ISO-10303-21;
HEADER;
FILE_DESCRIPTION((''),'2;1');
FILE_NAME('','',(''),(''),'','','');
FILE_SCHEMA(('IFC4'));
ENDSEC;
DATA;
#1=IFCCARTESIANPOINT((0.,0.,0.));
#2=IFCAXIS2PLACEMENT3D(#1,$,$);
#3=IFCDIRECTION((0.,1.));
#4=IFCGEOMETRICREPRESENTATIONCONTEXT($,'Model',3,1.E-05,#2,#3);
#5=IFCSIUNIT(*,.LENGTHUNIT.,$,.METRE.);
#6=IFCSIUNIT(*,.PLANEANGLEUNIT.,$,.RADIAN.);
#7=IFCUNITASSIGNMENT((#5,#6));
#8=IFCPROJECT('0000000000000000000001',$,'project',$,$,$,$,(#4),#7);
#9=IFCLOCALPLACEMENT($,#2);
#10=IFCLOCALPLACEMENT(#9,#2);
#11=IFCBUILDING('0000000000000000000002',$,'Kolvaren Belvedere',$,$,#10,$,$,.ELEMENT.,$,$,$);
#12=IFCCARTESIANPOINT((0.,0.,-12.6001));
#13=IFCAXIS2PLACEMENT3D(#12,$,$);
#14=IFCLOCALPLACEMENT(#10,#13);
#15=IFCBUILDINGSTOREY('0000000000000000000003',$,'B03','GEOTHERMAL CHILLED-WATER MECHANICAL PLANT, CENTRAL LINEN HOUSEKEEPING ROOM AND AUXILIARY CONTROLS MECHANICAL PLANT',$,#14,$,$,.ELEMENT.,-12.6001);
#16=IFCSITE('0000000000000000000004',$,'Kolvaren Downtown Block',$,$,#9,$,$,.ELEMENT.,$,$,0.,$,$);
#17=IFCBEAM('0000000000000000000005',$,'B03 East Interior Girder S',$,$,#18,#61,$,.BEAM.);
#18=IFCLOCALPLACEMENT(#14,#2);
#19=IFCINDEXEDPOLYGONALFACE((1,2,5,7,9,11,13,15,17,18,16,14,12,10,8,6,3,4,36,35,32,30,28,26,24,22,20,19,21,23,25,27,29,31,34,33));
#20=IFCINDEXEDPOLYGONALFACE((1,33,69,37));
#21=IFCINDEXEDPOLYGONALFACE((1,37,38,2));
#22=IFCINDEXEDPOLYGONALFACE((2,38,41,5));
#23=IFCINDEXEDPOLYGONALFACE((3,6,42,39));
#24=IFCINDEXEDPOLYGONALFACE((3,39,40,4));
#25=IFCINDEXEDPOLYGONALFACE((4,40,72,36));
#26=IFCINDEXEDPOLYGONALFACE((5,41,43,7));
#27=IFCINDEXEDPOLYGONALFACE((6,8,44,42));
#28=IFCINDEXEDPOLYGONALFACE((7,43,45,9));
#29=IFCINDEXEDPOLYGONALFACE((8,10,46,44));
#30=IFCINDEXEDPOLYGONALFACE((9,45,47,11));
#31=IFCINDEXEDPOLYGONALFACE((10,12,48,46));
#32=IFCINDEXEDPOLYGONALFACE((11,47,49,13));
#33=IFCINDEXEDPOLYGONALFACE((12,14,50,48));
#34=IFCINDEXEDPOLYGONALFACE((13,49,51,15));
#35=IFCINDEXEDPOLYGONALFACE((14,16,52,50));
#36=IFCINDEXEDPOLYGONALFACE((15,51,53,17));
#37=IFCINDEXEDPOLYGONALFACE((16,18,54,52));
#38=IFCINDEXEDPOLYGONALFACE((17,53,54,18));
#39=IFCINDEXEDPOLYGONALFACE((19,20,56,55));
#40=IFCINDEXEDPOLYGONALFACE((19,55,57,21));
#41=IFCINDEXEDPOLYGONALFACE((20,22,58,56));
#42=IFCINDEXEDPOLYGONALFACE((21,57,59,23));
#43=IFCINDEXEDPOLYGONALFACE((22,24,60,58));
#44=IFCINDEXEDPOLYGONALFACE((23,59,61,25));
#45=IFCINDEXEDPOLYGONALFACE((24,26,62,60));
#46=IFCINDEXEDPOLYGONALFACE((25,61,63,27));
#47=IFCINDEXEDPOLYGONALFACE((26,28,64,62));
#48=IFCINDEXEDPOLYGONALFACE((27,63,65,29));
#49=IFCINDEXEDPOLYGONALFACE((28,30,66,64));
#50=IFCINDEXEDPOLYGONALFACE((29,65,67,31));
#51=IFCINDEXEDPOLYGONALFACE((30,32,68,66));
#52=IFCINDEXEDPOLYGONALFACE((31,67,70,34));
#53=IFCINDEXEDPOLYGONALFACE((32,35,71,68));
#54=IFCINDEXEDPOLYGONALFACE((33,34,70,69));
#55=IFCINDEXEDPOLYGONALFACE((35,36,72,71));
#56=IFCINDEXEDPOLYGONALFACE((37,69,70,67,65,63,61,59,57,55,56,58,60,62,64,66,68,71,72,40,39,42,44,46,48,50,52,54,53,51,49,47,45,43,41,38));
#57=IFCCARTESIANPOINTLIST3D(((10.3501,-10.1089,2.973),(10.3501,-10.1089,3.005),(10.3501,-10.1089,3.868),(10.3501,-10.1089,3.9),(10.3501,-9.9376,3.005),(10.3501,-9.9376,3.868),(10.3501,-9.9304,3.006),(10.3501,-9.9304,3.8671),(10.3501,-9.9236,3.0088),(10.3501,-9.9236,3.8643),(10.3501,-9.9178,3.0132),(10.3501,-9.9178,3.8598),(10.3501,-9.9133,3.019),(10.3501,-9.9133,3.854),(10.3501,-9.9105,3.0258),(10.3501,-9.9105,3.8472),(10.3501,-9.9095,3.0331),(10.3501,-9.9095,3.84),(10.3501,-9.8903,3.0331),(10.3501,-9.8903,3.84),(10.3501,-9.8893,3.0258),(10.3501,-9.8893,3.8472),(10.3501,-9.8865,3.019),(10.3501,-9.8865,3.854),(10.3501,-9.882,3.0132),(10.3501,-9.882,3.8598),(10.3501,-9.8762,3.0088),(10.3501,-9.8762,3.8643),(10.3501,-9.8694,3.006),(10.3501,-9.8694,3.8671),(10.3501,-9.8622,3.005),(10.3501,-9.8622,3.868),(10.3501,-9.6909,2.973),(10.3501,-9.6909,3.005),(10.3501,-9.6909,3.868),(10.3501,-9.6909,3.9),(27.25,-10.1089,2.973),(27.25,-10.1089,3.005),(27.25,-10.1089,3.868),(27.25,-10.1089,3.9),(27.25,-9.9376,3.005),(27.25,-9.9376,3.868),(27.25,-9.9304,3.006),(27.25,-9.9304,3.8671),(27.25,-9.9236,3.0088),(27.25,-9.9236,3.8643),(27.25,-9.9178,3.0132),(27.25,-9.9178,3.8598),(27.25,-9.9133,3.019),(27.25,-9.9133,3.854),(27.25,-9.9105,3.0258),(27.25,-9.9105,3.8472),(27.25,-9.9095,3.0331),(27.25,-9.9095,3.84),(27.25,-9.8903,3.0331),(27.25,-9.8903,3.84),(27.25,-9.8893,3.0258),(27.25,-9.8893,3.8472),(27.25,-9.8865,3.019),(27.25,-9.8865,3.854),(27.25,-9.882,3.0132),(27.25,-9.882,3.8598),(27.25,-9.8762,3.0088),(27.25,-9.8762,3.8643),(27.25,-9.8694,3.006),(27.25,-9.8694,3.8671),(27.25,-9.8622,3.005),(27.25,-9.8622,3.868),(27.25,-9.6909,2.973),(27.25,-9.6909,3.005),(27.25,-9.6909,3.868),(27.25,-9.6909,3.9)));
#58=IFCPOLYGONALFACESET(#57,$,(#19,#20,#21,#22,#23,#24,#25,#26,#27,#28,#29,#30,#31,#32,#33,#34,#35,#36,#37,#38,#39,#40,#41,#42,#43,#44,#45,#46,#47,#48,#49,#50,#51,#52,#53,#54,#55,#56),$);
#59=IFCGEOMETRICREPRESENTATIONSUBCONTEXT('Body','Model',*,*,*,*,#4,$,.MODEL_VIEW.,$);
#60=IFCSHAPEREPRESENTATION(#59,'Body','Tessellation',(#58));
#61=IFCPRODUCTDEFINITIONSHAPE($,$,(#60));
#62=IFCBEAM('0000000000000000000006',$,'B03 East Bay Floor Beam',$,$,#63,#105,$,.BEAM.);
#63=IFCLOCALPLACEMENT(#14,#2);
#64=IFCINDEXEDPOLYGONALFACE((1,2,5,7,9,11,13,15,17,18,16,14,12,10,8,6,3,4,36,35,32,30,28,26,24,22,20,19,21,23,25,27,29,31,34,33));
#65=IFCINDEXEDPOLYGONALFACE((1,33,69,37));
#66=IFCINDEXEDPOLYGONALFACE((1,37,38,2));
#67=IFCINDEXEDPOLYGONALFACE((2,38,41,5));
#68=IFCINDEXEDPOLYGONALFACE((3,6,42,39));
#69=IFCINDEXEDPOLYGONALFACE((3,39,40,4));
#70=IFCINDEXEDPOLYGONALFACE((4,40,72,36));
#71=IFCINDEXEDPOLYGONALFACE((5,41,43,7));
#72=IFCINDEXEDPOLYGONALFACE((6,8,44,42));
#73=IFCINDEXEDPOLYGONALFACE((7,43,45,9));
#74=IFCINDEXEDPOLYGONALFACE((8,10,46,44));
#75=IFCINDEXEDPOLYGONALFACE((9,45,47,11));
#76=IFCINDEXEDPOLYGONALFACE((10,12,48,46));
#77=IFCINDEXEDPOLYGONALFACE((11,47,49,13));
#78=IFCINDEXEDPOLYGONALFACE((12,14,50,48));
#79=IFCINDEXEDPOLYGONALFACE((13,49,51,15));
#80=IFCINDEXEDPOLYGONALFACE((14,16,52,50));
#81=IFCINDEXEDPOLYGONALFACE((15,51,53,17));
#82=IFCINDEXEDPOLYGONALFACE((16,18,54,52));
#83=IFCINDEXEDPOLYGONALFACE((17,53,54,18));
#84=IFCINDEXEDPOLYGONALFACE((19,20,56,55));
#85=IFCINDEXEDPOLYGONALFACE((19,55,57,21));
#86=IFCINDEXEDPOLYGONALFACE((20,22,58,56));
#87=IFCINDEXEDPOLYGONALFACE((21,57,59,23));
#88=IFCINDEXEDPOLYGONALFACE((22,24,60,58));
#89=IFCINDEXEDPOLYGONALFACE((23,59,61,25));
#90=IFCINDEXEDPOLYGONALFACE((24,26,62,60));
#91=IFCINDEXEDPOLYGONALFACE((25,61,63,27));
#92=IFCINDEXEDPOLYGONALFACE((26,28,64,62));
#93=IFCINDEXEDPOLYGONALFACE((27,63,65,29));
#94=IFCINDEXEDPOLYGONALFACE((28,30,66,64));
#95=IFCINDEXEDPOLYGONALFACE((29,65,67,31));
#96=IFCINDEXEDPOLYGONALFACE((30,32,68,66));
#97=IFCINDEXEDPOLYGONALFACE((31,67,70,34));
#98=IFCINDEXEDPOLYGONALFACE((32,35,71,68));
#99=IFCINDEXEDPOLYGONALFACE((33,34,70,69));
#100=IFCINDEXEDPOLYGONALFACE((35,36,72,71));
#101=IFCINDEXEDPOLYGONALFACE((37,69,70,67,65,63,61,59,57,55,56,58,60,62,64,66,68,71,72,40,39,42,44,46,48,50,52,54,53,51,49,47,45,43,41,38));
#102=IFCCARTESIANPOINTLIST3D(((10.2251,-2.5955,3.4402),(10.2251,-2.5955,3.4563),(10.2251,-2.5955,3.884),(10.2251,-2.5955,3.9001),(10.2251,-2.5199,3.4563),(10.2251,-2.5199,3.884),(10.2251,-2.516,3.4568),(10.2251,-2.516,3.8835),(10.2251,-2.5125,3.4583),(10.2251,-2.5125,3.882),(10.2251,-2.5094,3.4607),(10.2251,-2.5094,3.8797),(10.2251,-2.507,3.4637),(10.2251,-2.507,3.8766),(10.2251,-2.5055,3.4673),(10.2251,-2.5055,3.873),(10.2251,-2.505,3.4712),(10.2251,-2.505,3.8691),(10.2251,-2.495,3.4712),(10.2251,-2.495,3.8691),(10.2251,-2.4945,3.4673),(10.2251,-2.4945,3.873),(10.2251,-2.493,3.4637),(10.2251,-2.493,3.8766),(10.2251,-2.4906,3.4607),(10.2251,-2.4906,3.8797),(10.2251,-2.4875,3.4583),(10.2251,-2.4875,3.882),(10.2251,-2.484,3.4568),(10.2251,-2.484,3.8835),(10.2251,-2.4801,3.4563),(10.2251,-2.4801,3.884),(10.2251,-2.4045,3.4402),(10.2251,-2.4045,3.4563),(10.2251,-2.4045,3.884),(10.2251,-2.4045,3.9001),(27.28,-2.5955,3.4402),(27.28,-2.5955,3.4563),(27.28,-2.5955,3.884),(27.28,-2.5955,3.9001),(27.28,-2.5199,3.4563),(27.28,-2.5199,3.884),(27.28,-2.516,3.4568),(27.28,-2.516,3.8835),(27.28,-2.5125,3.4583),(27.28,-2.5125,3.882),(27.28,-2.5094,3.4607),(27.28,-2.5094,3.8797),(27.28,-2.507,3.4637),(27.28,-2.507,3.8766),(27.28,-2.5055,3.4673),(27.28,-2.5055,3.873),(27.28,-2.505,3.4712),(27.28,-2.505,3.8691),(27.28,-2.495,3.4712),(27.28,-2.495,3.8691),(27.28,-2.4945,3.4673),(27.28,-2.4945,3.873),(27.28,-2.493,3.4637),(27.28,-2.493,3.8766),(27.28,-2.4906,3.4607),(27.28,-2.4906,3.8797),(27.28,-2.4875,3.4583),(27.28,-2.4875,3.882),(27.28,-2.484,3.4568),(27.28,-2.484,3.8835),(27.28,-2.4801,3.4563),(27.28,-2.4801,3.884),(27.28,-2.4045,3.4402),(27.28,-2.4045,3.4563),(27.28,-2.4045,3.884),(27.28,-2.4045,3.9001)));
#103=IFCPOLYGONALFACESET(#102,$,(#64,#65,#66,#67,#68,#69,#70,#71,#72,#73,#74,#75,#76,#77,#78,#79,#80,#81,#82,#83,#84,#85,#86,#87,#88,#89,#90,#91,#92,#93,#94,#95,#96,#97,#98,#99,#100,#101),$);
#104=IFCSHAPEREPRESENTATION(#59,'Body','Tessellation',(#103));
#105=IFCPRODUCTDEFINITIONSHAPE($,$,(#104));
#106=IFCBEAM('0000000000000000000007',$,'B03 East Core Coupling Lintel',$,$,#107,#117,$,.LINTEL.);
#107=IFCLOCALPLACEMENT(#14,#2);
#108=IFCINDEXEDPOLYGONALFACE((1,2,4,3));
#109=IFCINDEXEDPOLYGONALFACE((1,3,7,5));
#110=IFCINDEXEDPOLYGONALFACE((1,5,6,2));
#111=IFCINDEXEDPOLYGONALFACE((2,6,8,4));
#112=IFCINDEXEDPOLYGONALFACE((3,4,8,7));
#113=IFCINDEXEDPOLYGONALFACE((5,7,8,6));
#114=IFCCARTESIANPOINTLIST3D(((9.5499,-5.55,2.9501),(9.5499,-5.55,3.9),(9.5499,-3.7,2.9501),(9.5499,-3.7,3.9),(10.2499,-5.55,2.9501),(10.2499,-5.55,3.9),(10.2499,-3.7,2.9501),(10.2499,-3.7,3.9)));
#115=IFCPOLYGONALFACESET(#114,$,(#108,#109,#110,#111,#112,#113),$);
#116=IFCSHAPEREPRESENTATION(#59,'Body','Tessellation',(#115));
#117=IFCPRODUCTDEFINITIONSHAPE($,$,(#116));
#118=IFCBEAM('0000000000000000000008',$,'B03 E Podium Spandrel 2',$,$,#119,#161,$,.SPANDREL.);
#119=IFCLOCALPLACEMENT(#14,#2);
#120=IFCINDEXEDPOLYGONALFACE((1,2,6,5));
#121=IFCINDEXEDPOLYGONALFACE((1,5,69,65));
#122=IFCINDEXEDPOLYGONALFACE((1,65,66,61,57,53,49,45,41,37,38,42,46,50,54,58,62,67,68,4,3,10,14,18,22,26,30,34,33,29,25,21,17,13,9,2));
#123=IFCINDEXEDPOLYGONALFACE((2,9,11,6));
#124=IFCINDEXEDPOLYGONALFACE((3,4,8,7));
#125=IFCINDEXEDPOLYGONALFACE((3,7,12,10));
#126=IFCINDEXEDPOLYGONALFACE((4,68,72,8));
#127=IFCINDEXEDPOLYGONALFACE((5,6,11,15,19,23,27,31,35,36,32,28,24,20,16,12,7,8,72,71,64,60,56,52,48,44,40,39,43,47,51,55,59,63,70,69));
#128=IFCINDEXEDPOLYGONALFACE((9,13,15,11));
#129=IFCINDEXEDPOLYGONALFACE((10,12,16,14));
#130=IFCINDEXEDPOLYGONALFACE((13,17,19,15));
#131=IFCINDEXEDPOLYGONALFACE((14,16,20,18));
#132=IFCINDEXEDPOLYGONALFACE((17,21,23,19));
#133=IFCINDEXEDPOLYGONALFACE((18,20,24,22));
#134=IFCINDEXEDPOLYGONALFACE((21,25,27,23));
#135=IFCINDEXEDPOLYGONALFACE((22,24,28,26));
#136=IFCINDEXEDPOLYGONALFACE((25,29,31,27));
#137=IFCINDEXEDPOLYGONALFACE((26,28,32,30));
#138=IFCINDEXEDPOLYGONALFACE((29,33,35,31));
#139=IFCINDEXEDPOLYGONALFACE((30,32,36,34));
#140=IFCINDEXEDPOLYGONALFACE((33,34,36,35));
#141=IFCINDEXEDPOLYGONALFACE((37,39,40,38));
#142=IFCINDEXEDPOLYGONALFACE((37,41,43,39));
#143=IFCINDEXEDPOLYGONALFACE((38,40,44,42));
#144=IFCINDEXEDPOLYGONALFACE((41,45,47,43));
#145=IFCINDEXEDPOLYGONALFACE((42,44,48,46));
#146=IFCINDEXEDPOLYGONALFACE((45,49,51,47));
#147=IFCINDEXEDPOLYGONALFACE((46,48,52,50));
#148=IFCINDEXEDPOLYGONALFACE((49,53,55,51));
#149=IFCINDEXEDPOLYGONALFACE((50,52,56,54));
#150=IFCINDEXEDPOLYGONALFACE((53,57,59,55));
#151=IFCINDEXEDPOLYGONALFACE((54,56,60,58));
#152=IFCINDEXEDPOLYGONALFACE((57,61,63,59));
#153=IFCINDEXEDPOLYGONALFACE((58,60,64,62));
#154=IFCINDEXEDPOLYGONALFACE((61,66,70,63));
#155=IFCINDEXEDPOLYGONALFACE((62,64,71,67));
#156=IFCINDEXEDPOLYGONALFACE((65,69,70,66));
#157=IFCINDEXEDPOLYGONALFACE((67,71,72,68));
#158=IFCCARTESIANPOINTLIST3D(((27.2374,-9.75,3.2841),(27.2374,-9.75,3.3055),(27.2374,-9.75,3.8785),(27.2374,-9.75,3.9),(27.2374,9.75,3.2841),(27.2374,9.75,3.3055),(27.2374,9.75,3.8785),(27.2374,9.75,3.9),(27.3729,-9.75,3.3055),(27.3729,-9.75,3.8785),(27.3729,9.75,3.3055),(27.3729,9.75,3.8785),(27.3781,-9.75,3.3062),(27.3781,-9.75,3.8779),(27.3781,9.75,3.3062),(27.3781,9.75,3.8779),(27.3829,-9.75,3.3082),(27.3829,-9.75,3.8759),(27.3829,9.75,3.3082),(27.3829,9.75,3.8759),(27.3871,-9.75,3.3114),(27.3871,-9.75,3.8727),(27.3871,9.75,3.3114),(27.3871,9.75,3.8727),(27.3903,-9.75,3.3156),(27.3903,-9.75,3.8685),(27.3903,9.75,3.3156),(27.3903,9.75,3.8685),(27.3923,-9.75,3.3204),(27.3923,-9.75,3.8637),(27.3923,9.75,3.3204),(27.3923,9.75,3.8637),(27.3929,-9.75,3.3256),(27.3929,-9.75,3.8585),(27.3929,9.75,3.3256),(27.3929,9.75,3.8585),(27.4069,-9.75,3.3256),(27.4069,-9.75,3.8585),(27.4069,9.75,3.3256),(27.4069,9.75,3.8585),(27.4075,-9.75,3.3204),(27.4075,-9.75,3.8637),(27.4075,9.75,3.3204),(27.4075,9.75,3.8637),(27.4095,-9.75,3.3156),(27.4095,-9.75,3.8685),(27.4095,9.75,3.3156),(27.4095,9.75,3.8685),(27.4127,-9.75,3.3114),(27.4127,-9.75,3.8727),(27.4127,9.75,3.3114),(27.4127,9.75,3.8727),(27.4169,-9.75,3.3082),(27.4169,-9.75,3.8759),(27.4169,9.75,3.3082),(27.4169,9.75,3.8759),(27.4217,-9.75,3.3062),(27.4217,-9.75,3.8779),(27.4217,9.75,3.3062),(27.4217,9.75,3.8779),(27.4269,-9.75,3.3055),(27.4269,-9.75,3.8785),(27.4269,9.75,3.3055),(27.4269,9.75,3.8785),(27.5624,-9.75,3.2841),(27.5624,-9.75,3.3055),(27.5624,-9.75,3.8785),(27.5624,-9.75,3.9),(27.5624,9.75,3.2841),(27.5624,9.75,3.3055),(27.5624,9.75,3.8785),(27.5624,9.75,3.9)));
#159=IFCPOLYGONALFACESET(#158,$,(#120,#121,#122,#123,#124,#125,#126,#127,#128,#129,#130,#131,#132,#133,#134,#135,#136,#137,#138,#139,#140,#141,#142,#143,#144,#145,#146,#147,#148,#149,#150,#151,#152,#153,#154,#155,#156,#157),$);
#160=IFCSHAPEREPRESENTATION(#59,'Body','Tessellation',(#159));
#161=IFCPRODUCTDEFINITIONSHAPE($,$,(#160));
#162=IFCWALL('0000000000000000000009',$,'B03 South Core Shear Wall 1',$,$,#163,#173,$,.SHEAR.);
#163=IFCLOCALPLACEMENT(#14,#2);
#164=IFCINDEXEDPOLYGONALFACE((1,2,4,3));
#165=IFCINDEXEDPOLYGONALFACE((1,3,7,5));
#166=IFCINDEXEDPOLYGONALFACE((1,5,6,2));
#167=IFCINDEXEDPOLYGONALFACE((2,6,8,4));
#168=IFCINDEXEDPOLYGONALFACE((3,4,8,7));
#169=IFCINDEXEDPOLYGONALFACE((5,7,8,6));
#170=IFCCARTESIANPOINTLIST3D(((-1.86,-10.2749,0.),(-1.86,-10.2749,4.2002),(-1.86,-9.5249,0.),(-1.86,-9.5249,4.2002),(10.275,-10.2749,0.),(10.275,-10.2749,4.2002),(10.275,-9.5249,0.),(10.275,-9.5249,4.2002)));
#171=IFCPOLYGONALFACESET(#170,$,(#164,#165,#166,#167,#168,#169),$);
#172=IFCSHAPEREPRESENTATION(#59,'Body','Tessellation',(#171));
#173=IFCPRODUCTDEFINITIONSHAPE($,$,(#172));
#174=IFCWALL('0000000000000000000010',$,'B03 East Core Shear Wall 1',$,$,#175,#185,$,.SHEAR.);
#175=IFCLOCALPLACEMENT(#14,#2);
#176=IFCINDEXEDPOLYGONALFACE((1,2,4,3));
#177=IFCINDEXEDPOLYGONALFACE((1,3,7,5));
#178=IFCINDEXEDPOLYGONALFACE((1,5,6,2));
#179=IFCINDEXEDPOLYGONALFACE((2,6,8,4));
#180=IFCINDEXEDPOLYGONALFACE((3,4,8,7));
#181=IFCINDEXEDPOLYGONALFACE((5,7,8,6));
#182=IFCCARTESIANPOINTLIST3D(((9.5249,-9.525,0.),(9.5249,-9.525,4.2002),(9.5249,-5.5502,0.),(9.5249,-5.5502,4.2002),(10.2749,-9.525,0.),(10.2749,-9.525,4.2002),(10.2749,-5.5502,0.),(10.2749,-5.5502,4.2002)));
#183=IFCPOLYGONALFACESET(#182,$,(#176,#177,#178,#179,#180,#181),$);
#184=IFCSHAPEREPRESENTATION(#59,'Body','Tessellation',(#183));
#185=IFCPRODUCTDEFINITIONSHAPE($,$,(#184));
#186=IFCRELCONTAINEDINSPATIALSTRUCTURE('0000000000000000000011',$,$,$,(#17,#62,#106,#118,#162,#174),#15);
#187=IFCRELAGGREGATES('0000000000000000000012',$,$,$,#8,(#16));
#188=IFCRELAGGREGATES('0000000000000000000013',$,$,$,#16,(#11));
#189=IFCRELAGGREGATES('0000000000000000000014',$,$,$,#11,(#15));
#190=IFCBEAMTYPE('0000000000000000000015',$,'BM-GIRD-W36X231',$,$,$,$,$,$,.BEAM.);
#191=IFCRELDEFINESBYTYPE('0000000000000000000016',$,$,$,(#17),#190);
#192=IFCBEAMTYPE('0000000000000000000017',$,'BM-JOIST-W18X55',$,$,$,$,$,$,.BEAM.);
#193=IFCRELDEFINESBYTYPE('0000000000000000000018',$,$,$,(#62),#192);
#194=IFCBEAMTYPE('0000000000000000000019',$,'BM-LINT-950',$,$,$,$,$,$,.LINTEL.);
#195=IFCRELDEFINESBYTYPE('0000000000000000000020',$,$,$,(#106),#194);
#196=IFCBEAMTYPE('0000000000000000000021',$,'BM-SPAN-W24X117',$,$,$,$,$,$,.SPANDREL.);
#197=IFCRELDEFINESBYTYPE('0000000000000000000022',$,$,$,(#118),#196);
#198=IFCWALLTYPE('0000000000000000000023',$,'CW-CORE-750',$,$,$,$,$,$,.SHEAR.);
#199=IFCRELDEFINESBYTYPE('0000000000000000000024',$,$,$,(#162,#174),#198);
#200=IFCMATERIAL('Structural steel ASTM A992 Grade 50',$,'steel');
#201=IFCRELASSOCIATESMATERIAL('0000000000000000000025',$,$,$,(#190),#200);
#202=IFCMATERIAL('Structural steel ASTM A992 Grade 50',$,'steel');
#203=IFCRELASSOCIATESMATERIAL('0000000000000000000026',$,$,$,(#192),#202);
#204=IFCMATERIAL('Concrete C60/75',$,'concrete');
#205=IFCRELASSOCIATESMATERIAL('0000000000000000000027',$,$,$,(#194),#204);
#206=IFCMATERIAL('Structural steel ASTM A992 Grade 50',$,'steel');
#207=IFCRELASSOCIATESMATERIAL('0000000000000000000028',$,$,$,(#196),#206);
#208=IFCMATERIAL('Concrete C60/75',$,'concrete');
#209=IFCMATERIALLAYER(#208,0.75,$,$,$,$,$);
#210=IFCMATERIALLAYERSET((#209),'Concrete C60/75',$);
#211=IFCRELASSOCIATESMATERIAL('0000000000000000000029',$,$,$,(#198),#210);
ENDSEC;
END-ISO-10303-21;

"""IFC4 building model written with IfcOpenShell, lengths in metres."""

from ifc_helpers import new_model, si_unit, direction, frame, frame_2d, origin, origin_2d, place, context, subcontext, project, spatial, rectangle, i_section, extrude, material, layer, layer_set, material_profile, profile_set, type_object, element, save


model = new_model("IFC4")

# Units and contexts
model_context = context("Model", 3, precision=1e-05, world=origin(), true_north=direction((0.0, 1.0)))
body_context = subcontext(model_context, "Body", "Model", "MODEL_VIEW")
ifc_project = project(units=[si_unit("LENGTHUNIT", "METRE"), si_unit("PLANEANGLEUNIT", "RADIAN")], contexts=[model_context])

# Site, building, storey
site_placement = place(None, origin())
site = spatial("IfcSite", under=ifc_project, at=site_placement, Name="Kolvaren Downtown Block", CompositionType="ELEMENT", RefElevation=0.0)
building_placement = place(site_placement, origin())
building = spatial("IfcBuilding", under=site, at=building_placement, Name="Kolvaren Belvedere", CompositionType="ELEMENT")
storey_placement = place(building_placement, frame((0.0, 0.0, -12.6001)))
storey = spatial("IfcBuildingStorey", under=building, at=storey_placement, Name="B03", Description="GEOTHERMAL CHILLED-WATER MECHANICAL PLANT, CENTRAL LINEN HOUSEKEEPING ROOM AND AUXILIARY CONTROLS MECHANICAL PLANT", CompositionType="ELEMENT", Elevation=-12.6001)

# Beams
ifc_material_1 = material(Name="Structural steel ASTM A992 Grade 50", Category="steel")
ifc_material_profile_1 = material_profile(ifc_material_1, i_section(OverallWidth=0.418, OverallDepth=0.927, WebThickness=0.0193, FlangeThickness=0.032, FilletRadius=0.0281, at=origin_2d()), Name="W36X231")
ifc_profile_set_1 = profile_set([ifc_material_profile_1], Name="Structural steel ASTM A992 Grade 50")
beam_type_1 = type_object("IfcBeamType", Name="BM-GIRD-W36X231", PredefinedType="BEAM", material=ifc_profile_set_1)
beam_1_placement = place(storey_placement, frame((10.3501, -9.8999, 3.4365), z_axis=(1.0, 0.0, 0.0), x_axis=(0.0, 1.0, 0.0)))
element("IfcBeam", 1, at=beam_1_placement, inside=storey, type_object=beam_type_1, Name="B03 East Interior Girder S", PredefinedType="BEAM", context=body_context, shape_type="SweptSolid", body=[
    extrude(i_section(OverallWidth=0.418, OverallDepth=0.927, WebThickness=0.0193, FlangeThickness=0.032, FilletRadius=0.0281, at=origin_2d()), origin(), (0.0, 0.0, 1.0), 16.8999),
])
ifc_material_2 = material(Name="Structural steel ASTM A992 Grade 50", Category="steel")
ifc_material_profile_2 = material_profile(ifc_material_2, i_section(OverallWidth=0.1909, OverallDepth=0.46, WebThickness=0.01, FlangeThickness=0.0161, FilletRadius=0.0149, at=origin_2d()), Name="W18X55")
ifc_profile_set_2 = profile_set([ifc_material_profile_2], Name="Structural steel ASTM A992 Grade 50")
beam_type_2 = type_object("IfcBeamType", Name="BM-JOIST-W18X55", PredefinedType="BEAM", material=ifc_profile_set_2)
beam_2_placement = place(storey_placement, frame((10.2251, -2.5, 3.6702), z_axis=(1.0, 0.0, 0.0), x_axis=(0.0, 1.0, 0.0)))
element("IfcBeam", 2, at=beam_2_placement, inside=storey, type_object=beam_type_2, Name="B03 East Bay Floor Beam", PredefinedType="BEAM", context=body_context, shape_type="SweptSolid", body=[
    extrude(i_section(OverallWidth=0.1909, OverallDepth=0.46, WebThickness=0.01, FlangeThickness=0.0161, FilletRadius=0.0149, at=origin_2d()), origin(), (0.0, 0.0, 1.0), 17.0549),
])
ifc_material_3 = material(Name="Concrete C60/75", Category="concrete")
ifc_material_profile_3 = material_profile(ifc_material_3, rectangle(XDim=0.7, YDim=0.95, at=origin_2d()), Name="RC 700X950")
ifc_profile_set_3 = profile_set([ifc_material_profile_3], Name="Concrete C60/75")
beam_type_3 = type_object("IfcBeamType", Name="BM-LINT-950", PredefinedType="LINTEL", material=ifc_profile_set_3)
beam_3_placement = place(storey_placement, frame((9.8999, -5.55, 3.425), z_axis=(0.0, 1.0, 0.0), x_axis=(-1.0, 0.0, 0.0)))
element("IfcBeam", 3, at=beam_3_placement, inside=storey, type_object=beam_type_3, Name="B03 East Core Coupling Lintel", PredefinedType="LINTEL", context=body_context, shape_type="SweptSolid", body=[
    extrude(rectangle(XDim=0.7, YDim=0.95, at=origin_2d()), origin(), (0.0, 0.0, 1.0), 1.8501),
])
ifc_material_4 = material(Name="Structural steel ASTM A992 Grade 50", Category="steel")
ifc_material_profile_4 = material_profile(ifc_material_4, i_section(OverallWidth=0.325, OverallDepth=0.616, WebThickness=0.0139, FlangeThickness=0.0215, FilletRadius=0.02, at=origin_2d()), Name="W24X117")
ifc_profile_set_4 = profile_set([ifc_material_profile_4], Name="Structural steel ASTM A992 Grade 50")
beam_type_4 = type_object("IfcBeamType", Name="BM-SPAN-W24X117", PredefinedType="SPANDREL", material=ifc_profile_set_4)
beam_4_placement = place(storey_placement, frame((27.3999, -9.75, 3.592), z_axis=(0.0, 1.0, 0.0), x_axis=(-1.0, 0.0, 0.0)))
element("IfcBeam", 4, at=beam_4_placement, inside=storey, type_object=beam_type_4, Name="B03 E Podium Spandrel 2", PredefinedType="SPANDREL", context=body_context, shape_type="SweptSolid", body=[
    extrude(i_section(OverallWidth=0.325, OverallDepth=0.616, WebThickness=0.0139, FlangeThickness=0.0215, FilletRadius=0.02, at=origin_2d()), origin(), (0.0, 0.0, 1.0), 19.5),
])

# Walls
ifc_material_5 = material(Name="Concrete C60/75", Category="concrete")
ifc_layer_1 = layer(ifc_material_5, 0.75)
ifc_layer_set_1 = layer_set([ifc_layer_1], Name="Concrete C60/75")
wall_type_1 = type_object("IfcWallType", Name="CW-CORE-750", PredefinedType="SHEAR", material=ifc_layer_set_1)
wall_1_placement = place(storey_placement, frame((10.2749, -9.8999, 0.0), z_axis=(0.0, 0.0, 1.0), x_axis=(-1.0, 0.0, 0.0)))
element("IfcWall", 5, at=wall_1_placement, inside=storey, type_object=wall_type_1, Name="B03 South Core Shear Wall 1", PredefinedType="SHEAR", context=body_context, shape_type="SweptSolid", body=[
    extrude(rectangle(XDim=12.135, YDim=0.75, at=frame_2d((6.0674, 0.0))), origin(), (0.0, 0.0, 1.0), 4.2002),
])
wall_2_placement = place(storey_placement, frame((9.8999, -9.5249, 0.0), z_axis=(0.0, 0.0, 1.0), x_axis=(0.0, 1.0, 0.0)))
element("IfcWall", 6, at=wall_2_placement, inside=storey, type_object=wall_type_1, Name="B03 East Core Shear Wall 1", PredefinedType="SHEAR", context=body_context, shape_type="SweptSolid", body=[
    extrude(rectangle(XDim=3.9749, YDim=0.75, at=frame_2d((1.9873, 0.0))), origin(), (0.0, 0.0, 1.0), 4.2002),
])

save(model, "model.ifc")
